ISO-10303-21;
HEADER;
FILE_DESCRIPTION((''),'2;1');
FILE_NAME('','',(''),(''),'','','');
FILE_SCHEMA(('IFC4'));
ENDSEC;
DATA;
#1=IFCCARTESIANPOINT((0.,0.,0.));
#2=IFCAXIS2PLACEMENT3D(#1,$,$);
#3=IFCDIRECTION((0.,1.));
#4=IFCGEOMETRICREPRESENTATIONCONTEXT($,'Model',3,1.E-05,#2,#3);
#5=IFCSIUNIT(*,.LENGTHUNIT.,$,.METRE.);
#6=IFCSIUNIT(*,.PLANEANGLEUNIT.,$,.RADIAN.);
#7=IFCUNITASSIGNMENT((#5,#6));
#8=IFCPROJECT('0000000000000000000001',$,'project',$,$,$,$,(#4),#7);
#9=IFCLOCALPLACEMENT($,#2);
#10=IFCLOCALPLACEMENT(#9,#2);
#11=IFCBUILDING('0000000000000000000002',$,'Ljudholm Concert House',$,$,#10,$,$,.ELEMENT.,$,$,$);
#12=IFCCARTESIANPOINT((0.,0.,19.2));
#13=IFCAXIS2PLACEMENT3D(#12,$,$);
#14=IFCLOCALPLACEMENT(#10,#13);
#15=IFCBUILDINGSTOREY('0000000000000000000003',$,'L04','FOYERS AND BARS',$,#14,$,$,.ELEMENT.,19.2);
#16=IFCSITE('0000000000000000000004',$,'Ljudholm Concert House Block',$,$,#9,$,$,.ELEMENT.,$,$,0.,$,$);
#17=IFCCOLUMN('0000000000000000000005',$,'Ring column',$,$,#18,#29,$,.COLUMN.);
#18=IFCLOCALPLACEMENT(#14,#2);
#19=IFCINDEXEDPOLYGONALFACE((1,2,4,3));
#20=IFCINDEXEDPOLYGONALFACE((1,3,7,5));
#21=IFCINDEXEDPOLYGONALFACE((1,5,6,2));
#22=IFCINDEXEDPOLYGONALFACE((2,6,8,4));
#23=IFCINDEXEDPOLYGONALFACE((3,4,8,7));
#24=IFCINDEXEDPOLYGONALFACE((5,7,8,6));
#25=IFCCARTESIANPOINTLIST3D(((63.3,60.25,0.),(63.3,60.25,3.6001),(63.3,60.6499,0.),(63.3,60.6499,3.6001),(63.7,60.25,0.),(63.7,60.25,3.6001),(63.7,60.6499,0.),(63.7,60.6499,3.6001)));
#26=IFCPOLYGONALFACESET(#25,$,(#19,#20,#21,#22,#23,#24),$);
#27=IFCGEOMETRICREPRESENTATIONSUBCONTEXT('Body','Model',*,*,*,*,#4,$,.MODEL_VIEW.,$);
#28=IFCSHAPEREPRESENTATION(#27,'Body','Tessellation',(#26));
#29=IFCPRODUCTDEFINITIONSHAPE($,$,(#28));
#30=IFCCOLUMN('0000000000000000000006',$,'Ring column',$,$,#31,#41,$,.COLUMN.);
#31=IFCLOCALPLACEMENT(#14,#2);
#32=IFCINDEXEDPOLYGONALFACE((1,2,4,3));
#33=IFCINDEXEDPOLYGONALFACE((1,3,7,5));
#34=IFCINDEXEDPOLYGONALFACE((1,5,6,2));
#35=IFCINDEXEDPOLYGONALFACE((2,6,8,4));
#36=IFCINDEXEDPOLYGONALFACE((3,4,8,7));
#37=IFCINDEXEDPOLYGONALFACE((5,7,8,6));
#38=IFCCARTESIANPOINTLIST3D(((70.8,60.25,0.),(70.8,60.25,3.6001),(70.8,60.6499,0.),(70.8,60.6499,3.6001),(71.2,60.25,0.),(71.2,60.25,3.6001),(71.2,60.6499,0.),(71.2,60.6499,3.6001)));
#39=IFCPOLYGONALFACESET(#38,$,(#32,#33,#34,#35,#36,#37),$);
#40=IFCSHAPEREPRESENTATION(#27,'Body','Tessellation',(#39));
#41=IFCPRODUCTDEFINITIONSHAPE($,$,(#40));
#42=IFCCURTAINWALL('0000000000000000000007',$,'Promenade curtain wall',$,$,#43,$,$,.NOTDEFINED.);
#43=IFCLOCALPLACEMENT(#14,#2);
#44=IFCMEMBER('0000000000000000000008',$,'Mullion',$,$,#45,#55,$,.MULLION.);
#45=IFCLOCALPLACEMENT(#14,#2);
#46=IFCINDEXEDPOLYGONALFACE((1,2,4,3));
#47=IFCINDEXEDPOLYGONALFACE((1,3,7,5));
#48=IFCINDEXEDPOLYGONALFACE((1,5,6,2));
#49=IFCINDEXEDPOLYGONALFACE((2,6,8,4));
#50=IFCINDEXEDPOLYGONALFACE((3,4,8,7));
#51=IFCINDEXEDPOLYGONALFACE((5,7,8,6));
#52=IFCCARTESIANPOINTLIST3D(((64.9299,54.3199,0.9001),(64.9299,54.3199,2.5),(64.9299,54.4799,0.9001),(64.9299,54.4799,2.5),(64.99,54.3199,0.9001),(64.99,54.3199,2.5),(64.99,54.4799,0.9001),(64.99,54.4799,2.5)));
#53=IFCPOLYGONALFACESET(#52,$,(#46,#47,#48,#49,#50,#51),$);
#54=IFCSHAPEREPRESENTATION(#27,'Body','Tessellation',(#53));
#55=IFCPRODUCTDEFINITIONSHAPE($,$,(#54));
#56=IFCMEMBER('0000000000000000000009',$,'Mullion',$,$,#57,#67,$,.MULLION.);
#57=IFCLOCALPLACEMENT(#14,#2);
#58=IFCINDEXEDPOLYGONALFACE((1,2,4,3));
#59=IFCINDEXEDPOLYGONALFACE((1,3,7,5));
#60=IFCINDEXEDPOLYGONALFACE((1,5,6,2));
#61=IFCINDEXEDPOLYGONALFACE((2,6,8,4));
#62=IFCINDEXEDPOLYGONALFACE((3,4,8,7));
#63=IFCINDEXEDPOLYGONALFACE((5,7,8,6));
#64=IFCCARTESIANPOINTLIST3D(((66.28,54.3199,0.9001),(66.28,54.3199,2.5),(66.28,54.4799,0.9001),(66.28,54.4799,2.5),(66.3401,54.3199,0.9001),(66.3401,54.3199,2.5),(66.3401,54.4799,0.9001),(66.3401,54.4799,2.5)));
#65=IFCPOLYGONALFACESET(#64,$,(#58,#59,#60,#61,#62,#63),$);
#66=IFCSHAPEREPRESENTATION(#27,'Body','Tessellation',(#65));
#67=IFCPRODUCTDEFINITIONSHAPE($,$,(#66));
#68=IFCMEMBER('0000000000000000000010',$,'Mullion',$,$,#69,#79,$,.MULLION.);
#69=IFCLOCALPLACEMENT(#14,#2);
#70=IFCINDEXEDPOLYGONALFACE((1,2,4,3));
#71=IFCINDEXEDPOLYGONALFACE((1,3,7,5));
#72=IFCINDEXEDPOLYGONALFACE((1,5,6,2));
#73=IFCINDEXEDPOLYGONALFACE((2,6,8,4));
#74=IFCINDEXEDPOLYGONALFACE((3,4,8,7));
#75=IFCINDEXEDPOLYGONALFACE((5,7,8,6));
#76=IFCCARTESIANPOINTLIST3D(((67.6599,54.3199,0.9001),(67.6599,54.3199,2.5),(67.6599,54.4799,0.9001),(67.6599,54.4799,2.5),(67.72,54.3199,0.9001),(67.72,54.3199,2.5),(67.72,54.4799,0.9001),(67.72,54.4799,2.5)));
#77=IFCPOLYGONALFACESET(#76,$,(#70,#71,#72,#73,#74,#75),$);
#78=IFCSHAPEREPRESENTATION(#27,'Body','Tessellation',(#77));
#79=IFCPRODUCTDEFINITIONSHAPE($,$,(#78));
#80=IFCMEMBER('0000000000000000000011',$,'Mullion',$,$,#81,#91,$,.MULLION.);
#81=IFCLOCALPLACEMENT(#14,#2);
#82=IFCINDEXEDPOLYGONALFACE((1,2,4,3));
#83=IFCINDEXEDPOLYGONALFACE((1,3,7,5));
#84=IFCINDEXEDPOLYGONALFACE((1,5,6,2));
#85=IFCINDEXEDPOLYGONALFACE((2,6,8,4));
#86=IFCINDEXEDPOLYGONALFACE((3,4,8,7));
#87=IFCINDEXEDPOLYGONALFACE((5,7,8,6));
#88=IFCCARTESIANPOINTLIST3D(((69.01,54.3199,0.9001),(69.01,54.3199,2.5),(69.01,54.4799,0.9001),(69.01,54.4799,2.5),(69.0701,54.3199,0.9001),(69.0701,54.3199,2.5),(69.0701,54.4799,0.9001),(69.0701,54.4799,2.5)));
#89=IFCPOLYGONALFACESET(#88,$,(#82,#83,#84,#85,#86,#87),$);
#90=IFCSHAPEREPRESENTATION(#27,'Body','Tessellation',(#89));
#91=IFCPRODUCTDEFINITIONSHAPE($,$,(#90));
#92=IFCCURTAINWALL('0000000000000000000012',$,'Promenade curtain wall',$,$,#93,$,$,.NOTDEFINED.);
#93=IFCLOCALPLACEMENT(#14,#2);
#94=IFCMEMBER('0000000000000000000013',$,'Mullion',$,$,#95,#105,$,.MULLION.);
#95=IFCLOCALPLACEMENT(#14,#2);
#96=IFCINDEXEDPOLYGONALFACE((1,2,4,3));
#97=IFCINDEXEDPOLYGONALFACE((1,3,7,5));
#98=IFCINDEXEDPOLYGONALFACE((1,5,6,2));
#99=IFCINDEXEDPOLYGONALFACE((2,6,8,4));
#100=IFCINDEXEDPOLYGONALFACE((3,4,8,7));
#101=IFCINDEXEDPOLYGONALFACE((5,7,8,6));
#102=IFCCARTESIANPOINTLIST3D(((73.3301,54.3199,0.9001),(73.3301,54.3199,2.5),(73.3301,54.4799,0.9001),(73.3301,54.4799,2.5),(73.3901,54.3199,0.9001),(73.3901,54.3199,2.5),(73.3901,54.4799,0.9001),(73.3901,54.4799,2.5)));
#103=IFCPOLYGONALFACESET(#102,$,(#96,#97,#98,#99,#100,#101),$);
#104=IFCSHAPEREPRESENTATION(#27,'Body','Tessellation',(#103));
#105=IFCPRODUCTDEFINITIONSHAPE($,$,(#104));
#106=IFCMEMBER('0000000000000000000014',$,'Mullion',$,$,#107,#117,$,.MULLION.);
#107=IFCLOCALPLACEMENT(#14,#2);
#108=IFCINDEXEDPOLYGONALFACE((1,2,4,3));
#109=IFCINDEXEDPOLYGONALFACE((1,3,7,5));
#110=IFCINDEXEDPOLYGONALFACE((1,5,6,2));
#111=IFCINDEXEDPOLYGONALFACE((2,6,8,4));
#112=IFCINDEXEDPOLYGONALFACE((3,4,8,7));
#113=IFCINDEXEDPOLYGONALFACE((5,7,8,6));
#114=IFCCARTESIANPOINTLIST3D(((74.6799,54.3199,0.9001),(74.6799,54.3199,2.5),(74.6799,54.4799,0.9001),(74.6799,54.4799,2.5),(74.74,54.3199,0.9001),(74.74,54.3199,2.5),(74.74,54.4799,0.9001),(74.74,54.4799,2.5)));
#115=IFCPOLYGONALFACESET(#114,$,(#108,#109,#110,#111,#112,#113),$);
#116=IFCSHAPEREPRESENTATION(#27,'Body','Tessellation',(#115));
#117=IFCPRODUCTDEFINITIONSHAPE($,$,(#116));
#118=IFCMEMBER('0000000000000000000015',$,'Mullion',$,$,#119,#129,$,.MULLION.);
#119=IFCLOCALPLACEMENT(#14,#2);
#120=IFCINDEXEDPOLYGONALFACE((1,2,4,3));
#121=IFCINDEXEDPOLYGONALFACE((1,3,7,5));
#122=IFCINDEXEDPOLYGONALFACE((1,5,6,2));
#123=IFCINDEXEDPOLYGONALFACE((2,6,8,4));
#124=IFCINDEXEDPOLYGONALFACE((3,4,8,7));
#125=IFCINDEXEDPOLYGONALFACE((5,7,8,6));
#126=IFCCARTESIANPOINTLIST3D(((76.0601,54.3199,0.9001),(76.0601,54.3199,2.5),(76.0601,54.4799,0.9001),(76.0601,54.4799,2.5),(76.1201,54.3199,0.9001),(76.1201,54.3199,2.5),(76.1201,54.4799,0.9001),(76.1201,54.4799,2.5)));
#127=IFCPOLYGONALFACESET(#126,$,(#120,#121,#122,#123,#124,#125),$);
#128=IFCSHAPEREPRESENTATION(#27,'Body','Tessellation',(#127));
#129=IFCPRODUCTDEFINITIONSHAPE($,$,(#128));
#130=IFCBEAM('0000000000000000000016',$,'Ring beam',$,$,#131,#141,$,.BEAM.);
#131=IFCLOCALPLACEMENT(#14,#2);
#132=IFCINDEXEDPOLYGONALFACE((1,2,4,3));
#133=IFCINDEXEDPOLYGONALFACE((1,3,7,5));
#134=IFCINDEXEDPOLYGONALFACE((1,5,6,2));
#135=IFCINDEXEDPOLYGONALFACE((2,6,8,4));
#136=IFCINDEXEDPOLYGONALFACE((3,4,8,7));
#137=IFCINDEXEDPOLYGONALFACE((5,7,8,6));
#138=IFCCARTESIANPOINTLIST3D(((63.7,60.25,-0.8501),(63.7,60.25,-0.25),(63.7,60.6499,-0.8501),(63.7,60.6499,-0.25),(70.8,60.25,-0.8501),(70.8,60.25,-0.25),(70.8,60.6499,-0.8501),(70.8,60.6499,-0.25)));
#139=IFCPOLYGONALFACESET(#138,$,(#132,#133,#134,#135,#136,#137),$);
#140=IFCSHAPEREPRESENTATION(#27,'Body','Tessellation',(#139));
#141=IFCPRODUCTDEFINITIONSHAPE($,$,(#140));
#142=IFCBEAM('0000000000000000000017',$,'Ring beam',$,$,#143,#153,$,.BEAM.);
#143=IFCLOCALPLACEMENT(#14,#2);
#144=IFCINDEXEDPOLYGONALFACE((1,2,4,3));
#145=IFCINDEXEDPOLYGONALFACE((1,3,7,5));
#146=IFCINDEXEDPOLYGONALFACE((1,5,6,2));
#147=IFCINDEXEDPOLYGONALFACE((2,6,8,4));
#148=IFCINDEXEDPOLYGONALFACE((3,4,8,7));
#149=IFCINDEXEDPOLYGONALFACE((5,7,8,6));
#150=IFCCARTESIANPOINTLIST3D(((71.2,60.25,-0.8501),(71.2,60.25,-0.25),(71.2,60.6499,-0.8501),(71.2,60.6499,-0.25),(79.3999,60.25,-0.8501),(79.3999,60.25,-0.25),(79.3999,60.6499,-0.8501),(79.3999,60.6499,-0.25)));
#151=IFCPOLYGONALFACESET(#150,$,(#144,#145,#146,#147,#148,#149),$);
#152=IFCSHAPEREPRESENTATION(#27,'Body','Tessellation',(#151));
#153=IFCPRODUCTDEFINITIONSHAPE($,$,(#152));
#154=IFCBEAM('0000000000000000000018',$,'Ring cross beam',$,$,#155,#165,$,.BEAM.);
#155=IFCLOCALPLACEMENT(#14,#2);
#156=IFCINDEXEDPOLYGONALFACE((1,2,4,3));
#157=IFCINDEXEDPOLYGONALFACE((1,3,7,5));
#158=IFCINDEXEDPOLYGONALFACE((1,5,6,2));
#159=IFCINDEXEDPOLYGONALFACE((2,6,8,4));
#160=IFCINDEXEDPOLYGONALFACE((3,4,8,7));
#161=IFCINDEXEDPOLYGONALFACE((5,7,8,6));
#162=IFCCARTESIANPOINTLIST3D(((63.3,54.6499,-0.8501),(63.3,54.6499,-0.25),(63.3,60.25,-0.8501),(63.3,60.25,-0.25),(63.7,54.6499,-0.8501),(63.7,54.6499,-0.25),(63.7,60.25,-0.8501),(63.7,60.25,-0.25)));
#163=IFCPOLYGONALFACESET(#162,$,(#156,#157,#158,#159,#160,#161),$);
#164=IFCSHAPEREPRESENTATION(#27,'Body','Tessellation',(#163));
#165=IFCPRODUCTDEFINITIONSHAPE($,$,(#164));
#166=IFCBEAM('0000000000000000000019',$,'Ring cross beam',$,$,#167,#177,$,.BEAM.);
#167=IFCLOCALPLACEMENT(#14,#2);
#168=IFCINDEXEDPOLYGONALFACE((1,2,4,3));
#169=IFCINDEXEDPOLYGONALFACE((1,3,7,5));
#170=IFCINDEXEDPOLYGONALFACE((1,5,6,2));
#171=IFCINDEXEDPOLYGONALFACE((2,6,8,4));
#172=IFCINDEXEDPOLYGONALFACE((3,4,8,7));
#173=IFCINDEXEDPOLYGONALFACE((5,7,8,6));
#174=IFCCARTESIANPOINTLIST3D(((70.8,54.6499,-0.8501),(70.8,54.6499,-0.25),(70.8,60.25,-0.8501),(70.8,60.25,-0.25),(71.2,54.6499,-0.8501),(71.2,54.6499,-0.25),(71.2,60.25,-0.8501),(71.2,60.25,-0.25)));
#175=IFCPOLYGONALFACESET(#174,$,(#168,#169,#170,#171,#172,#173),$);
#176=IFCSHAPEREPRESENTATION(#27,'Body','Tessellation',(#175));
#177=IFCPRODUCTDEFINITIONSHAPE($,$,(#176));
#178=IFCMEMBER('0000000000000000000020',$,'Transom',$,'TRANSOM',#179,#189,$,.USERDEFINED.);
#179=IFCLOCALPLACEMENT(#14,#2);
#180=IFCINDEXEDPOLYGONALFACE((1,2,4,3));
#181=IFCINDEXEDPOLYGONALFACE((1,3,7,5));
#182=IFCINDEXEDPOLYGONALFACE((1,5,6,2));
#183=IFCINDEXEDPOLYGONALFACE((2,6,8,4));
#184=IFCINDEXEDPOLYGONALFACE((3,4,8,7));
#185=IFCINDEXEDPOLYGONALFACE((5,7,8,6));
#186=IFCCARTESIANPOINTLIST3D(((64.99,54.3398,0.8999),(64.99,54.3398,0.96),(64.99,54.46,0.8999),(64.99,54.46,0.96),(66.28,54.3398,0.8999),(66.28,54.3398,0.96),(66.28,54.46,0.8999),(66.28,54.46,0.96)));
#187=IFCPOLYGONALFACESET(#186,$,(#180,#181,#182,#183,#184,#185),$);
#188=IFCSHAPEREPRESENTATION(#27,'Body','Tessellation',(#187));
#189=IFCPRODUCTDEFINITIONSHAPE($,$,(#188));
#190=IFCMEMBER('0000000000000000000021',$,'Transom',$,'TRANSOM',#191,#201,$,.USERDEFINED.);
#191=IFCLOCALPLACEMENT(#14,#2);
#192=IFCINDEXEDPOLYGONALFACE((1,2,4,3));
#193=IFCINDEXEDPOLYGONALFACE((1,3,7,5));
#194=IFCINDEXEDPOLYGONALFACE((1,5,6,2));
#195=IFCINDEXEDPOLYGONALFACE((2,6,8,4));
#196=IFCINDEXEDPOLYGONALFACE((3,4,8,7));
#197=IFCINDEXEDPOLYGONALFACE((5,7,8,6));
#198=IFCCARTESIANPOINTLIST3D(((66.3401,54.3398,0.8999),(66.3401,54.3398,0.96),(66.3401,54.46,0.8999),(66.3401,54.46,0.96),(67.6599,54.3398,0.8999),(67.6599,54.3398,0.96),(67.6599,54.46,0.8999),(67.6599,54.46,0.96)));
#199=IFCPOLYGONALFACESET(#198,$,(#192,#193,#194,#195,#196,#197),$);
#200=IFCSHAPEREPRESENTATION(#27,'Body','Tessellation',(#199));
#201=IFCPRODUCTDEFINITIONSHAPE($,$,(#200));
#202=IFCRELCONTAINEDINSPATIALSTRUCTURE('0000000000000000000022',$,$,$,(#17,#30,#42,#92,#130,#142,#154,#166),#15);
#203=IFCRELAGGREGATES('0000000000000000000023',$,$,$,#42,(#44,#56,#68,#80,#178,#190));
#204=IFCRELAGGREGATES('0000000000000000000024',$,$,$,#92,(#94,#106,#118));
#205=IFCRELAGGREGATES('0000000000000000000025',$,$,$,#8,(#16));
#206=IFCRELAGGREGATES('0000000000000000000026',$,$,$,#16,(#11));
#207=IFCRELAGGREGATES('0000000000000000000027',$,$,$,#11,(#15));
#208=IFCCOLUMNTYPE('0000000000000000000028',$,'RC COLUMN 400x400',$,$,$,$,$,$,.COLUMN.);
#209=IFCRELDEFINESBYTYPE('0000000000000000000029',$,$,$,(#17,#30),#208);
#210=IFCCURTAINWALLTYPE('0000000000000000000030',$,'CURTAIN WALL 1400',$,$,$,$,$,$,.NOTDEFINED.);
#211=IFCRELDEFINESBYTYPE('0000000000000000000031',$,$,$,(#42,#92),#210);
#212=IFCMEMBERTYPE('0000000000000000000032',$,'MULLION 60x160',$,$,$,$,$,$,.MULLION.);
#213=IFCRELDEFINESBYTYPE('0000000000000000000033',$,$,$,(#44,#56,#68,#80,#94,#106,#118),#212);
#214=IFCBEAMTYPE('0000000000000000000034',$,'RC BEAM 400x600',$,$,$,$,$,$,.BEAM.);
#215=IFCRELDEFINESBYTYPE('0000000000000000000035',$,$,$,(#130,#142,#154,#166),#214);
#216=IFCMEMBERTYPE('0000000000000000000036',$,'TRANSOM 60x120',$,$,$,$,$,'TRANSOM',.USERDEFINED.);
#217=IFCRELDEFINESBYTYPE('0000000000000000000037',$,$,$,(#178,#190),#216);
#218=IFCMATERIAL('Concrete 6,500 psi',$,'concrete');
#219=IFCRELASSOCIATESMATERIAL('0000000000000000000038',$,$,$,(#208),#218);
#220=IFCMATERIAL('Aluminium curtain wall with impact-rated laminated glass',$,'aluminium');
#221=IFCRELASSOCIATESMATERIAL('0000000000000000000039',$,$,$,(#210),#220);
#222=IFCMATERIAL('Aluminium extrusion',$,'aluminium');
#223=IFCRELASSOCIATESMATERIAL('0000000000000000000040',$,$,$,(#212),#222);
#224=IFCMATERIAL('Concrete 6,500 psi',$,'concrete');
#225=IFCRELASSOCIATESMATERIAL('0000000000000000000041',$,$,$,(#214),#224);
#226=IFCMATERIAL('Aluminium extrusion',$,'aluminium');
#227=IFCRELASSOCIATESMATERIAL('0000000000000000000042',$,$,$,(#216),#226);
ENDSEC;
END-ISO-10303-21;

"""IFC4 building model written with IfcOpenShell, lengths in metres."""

from ifc_helpers import new_model, si_unit, direction, frame, origin, origin_2d, place, context, subcontext, project, spatial, rectangle, extrude, material, material_profile, profile_set, type_object, element, aggregate, save


model = new_model("IFC4")

# Units and contexts
model_context = context("Model", 3, precision=1e-05, world=origin(), true_north=direction((0.0, 1.0)))
body_context = subcontext(model_context, "Body", "Model", "MODEL_VIEW")
ifc_project = project(units=[si_unit("LENGTHUNIT", "METRE"), si_unit("PLANEANGLEUNIT", "RADIAN")], contexts=[model_context])

# Site, building, storey
site_placement = place(None, origin())
site = spatial("IfcSite", under=ifc_project, at=site_placement, Name="Ljudholm Concert House Block", CompositionType="ELEMENT", RefElevation=0.0)
building_placement = place(site_placement, origin())
building = spatial("IfcBuilding", under=site, at=building_placement, Name="Ljudholm Concert House", CompositionType="ELEMENT")
storey_placement = place(building_placement, frame((0.0, 0.0, 19.2)))
storey = spatial("IfcBuildingStorey", under=building, at=storey_placement, Name="L04", Description="FOYERS AND BARS", CompositionType="ELEMENT", Elevation=19.2)

# Columns
ifc_material_1 = material(Name="Concrete 6,500 psi", Category="concrete")
ifc_material_profile_1 = material_profile(ifc_material_1, rectangle(XDim=0.3999, YDim=0.3999, at=origin_2d()), Name="RC COLUMN 400x400")
ifc_profile_set_1 = profile_set([ifc_material_profile_1], Name="Concrete 6,500 psi")
column_type = type_object("IfcColumnType", Name="RC COLUMN 400x400", PredefinedType="COLUMN", material=ifc_profile_set_1)
for number, where, z_axis, x_axis, name in (
    (1, (63.5, 60.45, 0.0), (0.0, 0.0, 1.0), (1.0, 0.0, 0.0), "Ring column"),
    (2, (71.0, 60.45, 0.0), (0.0, 0.0, 1.0), (1.0, 0.0, 0.0), "Ring column"),
):
    element("IfcColumn", number, at=place(storey_placement, frame(where, z_axis=z_axis, x_axis=x_axis)), inside=storey, type_object=column_type, Name=name, PredefinedType="COLUMN", context=body_context, shape_type="SweptSolid", body=[
        extrude(rectangle(XDim=0.3999, YDim=0.3999, at=origin_2d()), origin(), (0.0, 0.0, 1.0), 3.6001),
    ])

# Curtain walls, members
ifc_material_2 = material(Name="Aluminium curtain wall with impact-rated laminated glass", Category="aluminium")
curtain_wall_type = type_object("IfcCurtainWallType", Name="CURTAIN WALL 1400", PredefinedType="NOTDEFINED", material=ifc_material_2)
curtain_wall_1_placement = place(storey_placement, origin())
curtain_wall_1 = element("IfcCurtainWall", 3, at=curtain_wall_1_placement, inside=storey, type_object=curtain_wall_type, Name="Promenade curtain wall", PredefinedType="NOTDEFINED")
ifc_material_3 = material(Name="Aluminium extrusion", Category="aluminium")
ifc_material_profile_2 = material_profile(ifc_material_3, rectangle(XDim=0.1599, YDim=0.0601, at=origin_2d()), Name="MULLION 60x160")
ifc_profile_set_2 = profile_set([ifc_material_profile_2], Name="Aluminium extrusion")
member_type_1 = type_object("IfcMemberType", Name="MULLION 60x160", PredefinedType="MULLION", material=ifc_profile_set_2)
member_1_placement = place(storey_placement, frame((64.96, 54.3999, 0.9001), z_axis=(0.0, 0.0, 1.0), x_axis=(0.0, 1.0, 0.0)))
member_1 = element("IfcMember", 4, at=member_1_placement, type_object=member_type_1, Name="Mullion", PredefinedType="MULLION", context=body_context, shape_type="SweptSolid", body=[
    extrude(rectangle(XDim=0.1599, YDim=0.0601, at=origin_2d()), origin(), (0.0, 0.0, 1.0), 1.5999),
])
member_2_placement = place(storey_placement, frame((66.3101, 54.3999, 0.9001), z_axis=(0.0, 0.0, 1.0), x_axis=(0.0, 1.0, 0.0)))
member_2 = element("IfcMember", 5, at=member_2_placement, type_object=member_type_1, Name="Mullion", PredefinedType="MULLION", context=body_context, shape_type="SweptSolid", body=[
    extrude(rectangle(XDim=0.1599, YDim=0.0601, at=origin_2d()), origin(), (0.0, 0.0, 1.0), 1.5999),
])
member_3_placement = place(storey_placement, frame((67.6899, 54.3999, 0.9001), z_axis=(0.0, 0.0, 1.0), x_axis=(0.0, 1.0, 0.0)))
member_3 = element("IfcMember", 6, at=member_3_placement, type_object=member_type_1, Name="Mullion", PredefinedType="MULLION", context=body_context, shape_type="SweptSolid", body=[
    extrude(rectangle(XDim=0.1599, YDim=0.0601, at=origin_2d()), origin(), (0.0, 0.0, 1.0), 1.5999),
])
member_4_placement = place(storey_placement, frame((69.04, 54.3999, 0.9001), z_axis=(0.0, 0.0, 1.0), x_axis=(0.0, 1.0, 0.0)))
member_4 = element("IfcMember", 7, at=member_4_placement, type_object=member_type_1, Name="Mullion", PredefinedType="MULLION", context=body_context, shape_type="SweptSolid", body=[
    extrude(rectangle(XDim=0.1599, YDim=0.0601, at=origin_2d()), origin(), (0.0, 0.0, 1.0), 1.5999),
])
curtain_wall_2_placement = place(storey_placement, origin())
curtain_wall_2 = element("IfcCurtainWall", 8, at=curtain_wall_2_placement, inside=storey, type_object=curtain_wall_type, Name="Promenade curtain wall", PredefinedType="NOTDEFINED")
member_5_placement = place(storey_placement, frame((73.3601, 54.3999, 0.9001), z_axis=(0.0, 0.0, 1.0), x_axis=(0.0, 1.0, 0.0)))
member_5 = element("IfcMember", 9, at=member_5_placement, type_object=member_type_1, Name="Mullion", PredefinedType="MULLION", context=body_context, shape_type="SweptSolid", body=[
    extrude(rectangle(XDim=0.1599, YDim=0.0601, at=origin_2d()), origin(), (0.0, 0.0, 1.0), 1.5999),
])
member_6_placement = place(storey_placement, frame((74.71, 54.3999, 0.9001), z_axis=(0.0, 0.0, 1.0), x_axis=(0.0, 1.0, 0.0)))
member_6 = element("IfcMember", 10, at=member_6_placement, type_object=member_type_1, Name="Mullion", PredefinedType="MULLION", context=body_context, shape_type="SweptSolid", body=[
    extrude(rectangle(XDim=0.1599, YDim=0.0601, at=origin_2d()), origin(), (0.0, 0.0, 1.0), 1.5999),
])
member_7_placement = place(storey_placement, frame((76.0901, 54.3999, 0.9001), z_axis=(0.0, 0.0, 1.0), x_axis=(0.0, 1.0, 0.0)))
member_7 = element("IfcMember", 11, at=member_7_placement, type_object=member_type_1, Name="Mullion", PredefinedType="MULLION", context=body_context, shape_type="SweptSolid", body=[
    extrude(rectangle(XDim=0.1599, YDim=0.0601, at=origin_2d()), origin(), (0.0, 0.0, 1.0), 1.5999),
])

# Beams
ifc_material_4 = material(Name="Concrete 6,500 psi", Category="concrete")
ifc_material_profile_3 = material_profile(ifc_material_4, rectangle(XDim=0.3999, YDim=0.6001, at=origin_2d()), Name="RC BEAM 400x600")
ifc_profile_set_3 = profile_set([ifc_material_profile_3], Name="Concrete 6,500 psi")
beam_type = type_object("IfcBeamType", Name="RC BEAM 400x600", PredefinedType="BEAM", material=ifc_profile_set_3)
beam_1_placement = place(storey_placement, frame((63.7, 60.45, -0.55), z_axis=(1.0, 0.0, 0.0), x_axis=(0.0, 1.0, 0.0)))
element("IfcBeam", 12, at=beam_1_placement, inside=storey, type_object=beam_type, Name="Ring beam", PredefinedType="BEAM", context=body_context, shape_type="SweptSolid", body=[
    extrude(rectangle(XDim=0.3999, YDim=0.6001, at=origin_2d()), origin(), (0.0, 0.0, 1.0), 7.1001),
])
beam_2_placement = place(storey_placement, frame((71.2, 60.45, -0.55), z_axis=(1.0, 0.0, 0.0), x_axis=(0.0, 1.0, 0.0)))
element("IfcBeam", 13, at=beam_2_placement, inside=storey, type_object=beam_type, Name="Ring beam", PredefinedType="BEAM", context=body_context, shape_type="SweptSolid", body=[
    extrude(rectangle(XDim=0.3999, YDim=0.6001, at=origin_2d()), origin(), (0.0, 0.0, 1.0), 8.2),
])
for number, where, z_axis, x_axis, name in (
    (14, (63.5, 60.25, -0.55), (0.0, -1.0, 0.0), (1.0, 0.0, 0.0), "Ring cross beam"),
    (15, (71.0, 60.25, -0.55), (0.0, -1.0, 0.0), (1.0, 0.0, 0.0), "Ring cross beam"),
):
    element("IfcBeam", number, at=place(storey_placement, frame(where, z_axis=z_axis, x_axis=x_axis)), inside=storey, type_object=beam_type, Name=name, PredefinedType="BEAM", context=body_context, shape_type="SweptSolid", body=[
        extrude(rectangle(XDim=0.3999, YDim=0.6001, at=origin_2d()), origin(), (0.0, 0.0, 1.0), 5.6001),
    ])

# Members
ifc_material_5 = material(Name="Aluminium extrusion", Category="aluminium")
ifc_material_profile_4 = material_profile(ifc_material_5, rectangle(XDim=0.1201, YDim=0.0601, at=origin_2d()), Name="TRANSOM 60x120")
ifc_profile_set_4 = profile_set([ifc_material_profile_4], Name="Aluminium extrusion")
member_type_2 = type_object("IfcMemberType", Name="TRANSOM 60x120", ElementType="TRANSOM", PredefinedType="USERDEFINED", material=ifc_profile_set_4)
member_8_placement = place(storey_placement, frame((64.99, 54.3999, 0.9299), z_axis=(1.0, 0.0, 0.0), x_axis=(0.0, 1.0, 0.0)))
member_8 = element("IfcMember", 16, at=member_8_placement, type_object=member_type_2, Name="Transom", ObjectType="TRANSOM", PredefinedType="USERDEFINED", context=body_context, shape_type="SweptSolid", body=[
    extrude(rectangle(XDim=0.1201, YDim=0.0601, at=origin_2d()), origin(), (0.0, 0.0, 1.0), 1.29),
])
member_9_placement = place(storey_placement, frame((66.3401, 54.3999, 0.9299), z_axis=(1.0, 0.0, 0.0), x_axis=(0.0, 1.0, 0.0)))
member_9 = element("IfcMember", 17, at=member_9_placement, type_object=member_type_2, Name="Transom", ObjectType="TRANSOM", PredefinedType="USERDEFINED", context=body_context, shape_type="SweptSolid", body=[
    extrude(rectangle(XDim=0.1201, YDim=0.0601, at=origin_2d()), origin(), (0.0, 0.0, 1.0), 1.3198),
])
aggregate(curtain_wall_1, [member_1, member_2, member_3, member_4, member_8, member_9])
aggregate(curtain_wall_2, [member_5, member_6, member_7])

save(model, "model.ifc")
